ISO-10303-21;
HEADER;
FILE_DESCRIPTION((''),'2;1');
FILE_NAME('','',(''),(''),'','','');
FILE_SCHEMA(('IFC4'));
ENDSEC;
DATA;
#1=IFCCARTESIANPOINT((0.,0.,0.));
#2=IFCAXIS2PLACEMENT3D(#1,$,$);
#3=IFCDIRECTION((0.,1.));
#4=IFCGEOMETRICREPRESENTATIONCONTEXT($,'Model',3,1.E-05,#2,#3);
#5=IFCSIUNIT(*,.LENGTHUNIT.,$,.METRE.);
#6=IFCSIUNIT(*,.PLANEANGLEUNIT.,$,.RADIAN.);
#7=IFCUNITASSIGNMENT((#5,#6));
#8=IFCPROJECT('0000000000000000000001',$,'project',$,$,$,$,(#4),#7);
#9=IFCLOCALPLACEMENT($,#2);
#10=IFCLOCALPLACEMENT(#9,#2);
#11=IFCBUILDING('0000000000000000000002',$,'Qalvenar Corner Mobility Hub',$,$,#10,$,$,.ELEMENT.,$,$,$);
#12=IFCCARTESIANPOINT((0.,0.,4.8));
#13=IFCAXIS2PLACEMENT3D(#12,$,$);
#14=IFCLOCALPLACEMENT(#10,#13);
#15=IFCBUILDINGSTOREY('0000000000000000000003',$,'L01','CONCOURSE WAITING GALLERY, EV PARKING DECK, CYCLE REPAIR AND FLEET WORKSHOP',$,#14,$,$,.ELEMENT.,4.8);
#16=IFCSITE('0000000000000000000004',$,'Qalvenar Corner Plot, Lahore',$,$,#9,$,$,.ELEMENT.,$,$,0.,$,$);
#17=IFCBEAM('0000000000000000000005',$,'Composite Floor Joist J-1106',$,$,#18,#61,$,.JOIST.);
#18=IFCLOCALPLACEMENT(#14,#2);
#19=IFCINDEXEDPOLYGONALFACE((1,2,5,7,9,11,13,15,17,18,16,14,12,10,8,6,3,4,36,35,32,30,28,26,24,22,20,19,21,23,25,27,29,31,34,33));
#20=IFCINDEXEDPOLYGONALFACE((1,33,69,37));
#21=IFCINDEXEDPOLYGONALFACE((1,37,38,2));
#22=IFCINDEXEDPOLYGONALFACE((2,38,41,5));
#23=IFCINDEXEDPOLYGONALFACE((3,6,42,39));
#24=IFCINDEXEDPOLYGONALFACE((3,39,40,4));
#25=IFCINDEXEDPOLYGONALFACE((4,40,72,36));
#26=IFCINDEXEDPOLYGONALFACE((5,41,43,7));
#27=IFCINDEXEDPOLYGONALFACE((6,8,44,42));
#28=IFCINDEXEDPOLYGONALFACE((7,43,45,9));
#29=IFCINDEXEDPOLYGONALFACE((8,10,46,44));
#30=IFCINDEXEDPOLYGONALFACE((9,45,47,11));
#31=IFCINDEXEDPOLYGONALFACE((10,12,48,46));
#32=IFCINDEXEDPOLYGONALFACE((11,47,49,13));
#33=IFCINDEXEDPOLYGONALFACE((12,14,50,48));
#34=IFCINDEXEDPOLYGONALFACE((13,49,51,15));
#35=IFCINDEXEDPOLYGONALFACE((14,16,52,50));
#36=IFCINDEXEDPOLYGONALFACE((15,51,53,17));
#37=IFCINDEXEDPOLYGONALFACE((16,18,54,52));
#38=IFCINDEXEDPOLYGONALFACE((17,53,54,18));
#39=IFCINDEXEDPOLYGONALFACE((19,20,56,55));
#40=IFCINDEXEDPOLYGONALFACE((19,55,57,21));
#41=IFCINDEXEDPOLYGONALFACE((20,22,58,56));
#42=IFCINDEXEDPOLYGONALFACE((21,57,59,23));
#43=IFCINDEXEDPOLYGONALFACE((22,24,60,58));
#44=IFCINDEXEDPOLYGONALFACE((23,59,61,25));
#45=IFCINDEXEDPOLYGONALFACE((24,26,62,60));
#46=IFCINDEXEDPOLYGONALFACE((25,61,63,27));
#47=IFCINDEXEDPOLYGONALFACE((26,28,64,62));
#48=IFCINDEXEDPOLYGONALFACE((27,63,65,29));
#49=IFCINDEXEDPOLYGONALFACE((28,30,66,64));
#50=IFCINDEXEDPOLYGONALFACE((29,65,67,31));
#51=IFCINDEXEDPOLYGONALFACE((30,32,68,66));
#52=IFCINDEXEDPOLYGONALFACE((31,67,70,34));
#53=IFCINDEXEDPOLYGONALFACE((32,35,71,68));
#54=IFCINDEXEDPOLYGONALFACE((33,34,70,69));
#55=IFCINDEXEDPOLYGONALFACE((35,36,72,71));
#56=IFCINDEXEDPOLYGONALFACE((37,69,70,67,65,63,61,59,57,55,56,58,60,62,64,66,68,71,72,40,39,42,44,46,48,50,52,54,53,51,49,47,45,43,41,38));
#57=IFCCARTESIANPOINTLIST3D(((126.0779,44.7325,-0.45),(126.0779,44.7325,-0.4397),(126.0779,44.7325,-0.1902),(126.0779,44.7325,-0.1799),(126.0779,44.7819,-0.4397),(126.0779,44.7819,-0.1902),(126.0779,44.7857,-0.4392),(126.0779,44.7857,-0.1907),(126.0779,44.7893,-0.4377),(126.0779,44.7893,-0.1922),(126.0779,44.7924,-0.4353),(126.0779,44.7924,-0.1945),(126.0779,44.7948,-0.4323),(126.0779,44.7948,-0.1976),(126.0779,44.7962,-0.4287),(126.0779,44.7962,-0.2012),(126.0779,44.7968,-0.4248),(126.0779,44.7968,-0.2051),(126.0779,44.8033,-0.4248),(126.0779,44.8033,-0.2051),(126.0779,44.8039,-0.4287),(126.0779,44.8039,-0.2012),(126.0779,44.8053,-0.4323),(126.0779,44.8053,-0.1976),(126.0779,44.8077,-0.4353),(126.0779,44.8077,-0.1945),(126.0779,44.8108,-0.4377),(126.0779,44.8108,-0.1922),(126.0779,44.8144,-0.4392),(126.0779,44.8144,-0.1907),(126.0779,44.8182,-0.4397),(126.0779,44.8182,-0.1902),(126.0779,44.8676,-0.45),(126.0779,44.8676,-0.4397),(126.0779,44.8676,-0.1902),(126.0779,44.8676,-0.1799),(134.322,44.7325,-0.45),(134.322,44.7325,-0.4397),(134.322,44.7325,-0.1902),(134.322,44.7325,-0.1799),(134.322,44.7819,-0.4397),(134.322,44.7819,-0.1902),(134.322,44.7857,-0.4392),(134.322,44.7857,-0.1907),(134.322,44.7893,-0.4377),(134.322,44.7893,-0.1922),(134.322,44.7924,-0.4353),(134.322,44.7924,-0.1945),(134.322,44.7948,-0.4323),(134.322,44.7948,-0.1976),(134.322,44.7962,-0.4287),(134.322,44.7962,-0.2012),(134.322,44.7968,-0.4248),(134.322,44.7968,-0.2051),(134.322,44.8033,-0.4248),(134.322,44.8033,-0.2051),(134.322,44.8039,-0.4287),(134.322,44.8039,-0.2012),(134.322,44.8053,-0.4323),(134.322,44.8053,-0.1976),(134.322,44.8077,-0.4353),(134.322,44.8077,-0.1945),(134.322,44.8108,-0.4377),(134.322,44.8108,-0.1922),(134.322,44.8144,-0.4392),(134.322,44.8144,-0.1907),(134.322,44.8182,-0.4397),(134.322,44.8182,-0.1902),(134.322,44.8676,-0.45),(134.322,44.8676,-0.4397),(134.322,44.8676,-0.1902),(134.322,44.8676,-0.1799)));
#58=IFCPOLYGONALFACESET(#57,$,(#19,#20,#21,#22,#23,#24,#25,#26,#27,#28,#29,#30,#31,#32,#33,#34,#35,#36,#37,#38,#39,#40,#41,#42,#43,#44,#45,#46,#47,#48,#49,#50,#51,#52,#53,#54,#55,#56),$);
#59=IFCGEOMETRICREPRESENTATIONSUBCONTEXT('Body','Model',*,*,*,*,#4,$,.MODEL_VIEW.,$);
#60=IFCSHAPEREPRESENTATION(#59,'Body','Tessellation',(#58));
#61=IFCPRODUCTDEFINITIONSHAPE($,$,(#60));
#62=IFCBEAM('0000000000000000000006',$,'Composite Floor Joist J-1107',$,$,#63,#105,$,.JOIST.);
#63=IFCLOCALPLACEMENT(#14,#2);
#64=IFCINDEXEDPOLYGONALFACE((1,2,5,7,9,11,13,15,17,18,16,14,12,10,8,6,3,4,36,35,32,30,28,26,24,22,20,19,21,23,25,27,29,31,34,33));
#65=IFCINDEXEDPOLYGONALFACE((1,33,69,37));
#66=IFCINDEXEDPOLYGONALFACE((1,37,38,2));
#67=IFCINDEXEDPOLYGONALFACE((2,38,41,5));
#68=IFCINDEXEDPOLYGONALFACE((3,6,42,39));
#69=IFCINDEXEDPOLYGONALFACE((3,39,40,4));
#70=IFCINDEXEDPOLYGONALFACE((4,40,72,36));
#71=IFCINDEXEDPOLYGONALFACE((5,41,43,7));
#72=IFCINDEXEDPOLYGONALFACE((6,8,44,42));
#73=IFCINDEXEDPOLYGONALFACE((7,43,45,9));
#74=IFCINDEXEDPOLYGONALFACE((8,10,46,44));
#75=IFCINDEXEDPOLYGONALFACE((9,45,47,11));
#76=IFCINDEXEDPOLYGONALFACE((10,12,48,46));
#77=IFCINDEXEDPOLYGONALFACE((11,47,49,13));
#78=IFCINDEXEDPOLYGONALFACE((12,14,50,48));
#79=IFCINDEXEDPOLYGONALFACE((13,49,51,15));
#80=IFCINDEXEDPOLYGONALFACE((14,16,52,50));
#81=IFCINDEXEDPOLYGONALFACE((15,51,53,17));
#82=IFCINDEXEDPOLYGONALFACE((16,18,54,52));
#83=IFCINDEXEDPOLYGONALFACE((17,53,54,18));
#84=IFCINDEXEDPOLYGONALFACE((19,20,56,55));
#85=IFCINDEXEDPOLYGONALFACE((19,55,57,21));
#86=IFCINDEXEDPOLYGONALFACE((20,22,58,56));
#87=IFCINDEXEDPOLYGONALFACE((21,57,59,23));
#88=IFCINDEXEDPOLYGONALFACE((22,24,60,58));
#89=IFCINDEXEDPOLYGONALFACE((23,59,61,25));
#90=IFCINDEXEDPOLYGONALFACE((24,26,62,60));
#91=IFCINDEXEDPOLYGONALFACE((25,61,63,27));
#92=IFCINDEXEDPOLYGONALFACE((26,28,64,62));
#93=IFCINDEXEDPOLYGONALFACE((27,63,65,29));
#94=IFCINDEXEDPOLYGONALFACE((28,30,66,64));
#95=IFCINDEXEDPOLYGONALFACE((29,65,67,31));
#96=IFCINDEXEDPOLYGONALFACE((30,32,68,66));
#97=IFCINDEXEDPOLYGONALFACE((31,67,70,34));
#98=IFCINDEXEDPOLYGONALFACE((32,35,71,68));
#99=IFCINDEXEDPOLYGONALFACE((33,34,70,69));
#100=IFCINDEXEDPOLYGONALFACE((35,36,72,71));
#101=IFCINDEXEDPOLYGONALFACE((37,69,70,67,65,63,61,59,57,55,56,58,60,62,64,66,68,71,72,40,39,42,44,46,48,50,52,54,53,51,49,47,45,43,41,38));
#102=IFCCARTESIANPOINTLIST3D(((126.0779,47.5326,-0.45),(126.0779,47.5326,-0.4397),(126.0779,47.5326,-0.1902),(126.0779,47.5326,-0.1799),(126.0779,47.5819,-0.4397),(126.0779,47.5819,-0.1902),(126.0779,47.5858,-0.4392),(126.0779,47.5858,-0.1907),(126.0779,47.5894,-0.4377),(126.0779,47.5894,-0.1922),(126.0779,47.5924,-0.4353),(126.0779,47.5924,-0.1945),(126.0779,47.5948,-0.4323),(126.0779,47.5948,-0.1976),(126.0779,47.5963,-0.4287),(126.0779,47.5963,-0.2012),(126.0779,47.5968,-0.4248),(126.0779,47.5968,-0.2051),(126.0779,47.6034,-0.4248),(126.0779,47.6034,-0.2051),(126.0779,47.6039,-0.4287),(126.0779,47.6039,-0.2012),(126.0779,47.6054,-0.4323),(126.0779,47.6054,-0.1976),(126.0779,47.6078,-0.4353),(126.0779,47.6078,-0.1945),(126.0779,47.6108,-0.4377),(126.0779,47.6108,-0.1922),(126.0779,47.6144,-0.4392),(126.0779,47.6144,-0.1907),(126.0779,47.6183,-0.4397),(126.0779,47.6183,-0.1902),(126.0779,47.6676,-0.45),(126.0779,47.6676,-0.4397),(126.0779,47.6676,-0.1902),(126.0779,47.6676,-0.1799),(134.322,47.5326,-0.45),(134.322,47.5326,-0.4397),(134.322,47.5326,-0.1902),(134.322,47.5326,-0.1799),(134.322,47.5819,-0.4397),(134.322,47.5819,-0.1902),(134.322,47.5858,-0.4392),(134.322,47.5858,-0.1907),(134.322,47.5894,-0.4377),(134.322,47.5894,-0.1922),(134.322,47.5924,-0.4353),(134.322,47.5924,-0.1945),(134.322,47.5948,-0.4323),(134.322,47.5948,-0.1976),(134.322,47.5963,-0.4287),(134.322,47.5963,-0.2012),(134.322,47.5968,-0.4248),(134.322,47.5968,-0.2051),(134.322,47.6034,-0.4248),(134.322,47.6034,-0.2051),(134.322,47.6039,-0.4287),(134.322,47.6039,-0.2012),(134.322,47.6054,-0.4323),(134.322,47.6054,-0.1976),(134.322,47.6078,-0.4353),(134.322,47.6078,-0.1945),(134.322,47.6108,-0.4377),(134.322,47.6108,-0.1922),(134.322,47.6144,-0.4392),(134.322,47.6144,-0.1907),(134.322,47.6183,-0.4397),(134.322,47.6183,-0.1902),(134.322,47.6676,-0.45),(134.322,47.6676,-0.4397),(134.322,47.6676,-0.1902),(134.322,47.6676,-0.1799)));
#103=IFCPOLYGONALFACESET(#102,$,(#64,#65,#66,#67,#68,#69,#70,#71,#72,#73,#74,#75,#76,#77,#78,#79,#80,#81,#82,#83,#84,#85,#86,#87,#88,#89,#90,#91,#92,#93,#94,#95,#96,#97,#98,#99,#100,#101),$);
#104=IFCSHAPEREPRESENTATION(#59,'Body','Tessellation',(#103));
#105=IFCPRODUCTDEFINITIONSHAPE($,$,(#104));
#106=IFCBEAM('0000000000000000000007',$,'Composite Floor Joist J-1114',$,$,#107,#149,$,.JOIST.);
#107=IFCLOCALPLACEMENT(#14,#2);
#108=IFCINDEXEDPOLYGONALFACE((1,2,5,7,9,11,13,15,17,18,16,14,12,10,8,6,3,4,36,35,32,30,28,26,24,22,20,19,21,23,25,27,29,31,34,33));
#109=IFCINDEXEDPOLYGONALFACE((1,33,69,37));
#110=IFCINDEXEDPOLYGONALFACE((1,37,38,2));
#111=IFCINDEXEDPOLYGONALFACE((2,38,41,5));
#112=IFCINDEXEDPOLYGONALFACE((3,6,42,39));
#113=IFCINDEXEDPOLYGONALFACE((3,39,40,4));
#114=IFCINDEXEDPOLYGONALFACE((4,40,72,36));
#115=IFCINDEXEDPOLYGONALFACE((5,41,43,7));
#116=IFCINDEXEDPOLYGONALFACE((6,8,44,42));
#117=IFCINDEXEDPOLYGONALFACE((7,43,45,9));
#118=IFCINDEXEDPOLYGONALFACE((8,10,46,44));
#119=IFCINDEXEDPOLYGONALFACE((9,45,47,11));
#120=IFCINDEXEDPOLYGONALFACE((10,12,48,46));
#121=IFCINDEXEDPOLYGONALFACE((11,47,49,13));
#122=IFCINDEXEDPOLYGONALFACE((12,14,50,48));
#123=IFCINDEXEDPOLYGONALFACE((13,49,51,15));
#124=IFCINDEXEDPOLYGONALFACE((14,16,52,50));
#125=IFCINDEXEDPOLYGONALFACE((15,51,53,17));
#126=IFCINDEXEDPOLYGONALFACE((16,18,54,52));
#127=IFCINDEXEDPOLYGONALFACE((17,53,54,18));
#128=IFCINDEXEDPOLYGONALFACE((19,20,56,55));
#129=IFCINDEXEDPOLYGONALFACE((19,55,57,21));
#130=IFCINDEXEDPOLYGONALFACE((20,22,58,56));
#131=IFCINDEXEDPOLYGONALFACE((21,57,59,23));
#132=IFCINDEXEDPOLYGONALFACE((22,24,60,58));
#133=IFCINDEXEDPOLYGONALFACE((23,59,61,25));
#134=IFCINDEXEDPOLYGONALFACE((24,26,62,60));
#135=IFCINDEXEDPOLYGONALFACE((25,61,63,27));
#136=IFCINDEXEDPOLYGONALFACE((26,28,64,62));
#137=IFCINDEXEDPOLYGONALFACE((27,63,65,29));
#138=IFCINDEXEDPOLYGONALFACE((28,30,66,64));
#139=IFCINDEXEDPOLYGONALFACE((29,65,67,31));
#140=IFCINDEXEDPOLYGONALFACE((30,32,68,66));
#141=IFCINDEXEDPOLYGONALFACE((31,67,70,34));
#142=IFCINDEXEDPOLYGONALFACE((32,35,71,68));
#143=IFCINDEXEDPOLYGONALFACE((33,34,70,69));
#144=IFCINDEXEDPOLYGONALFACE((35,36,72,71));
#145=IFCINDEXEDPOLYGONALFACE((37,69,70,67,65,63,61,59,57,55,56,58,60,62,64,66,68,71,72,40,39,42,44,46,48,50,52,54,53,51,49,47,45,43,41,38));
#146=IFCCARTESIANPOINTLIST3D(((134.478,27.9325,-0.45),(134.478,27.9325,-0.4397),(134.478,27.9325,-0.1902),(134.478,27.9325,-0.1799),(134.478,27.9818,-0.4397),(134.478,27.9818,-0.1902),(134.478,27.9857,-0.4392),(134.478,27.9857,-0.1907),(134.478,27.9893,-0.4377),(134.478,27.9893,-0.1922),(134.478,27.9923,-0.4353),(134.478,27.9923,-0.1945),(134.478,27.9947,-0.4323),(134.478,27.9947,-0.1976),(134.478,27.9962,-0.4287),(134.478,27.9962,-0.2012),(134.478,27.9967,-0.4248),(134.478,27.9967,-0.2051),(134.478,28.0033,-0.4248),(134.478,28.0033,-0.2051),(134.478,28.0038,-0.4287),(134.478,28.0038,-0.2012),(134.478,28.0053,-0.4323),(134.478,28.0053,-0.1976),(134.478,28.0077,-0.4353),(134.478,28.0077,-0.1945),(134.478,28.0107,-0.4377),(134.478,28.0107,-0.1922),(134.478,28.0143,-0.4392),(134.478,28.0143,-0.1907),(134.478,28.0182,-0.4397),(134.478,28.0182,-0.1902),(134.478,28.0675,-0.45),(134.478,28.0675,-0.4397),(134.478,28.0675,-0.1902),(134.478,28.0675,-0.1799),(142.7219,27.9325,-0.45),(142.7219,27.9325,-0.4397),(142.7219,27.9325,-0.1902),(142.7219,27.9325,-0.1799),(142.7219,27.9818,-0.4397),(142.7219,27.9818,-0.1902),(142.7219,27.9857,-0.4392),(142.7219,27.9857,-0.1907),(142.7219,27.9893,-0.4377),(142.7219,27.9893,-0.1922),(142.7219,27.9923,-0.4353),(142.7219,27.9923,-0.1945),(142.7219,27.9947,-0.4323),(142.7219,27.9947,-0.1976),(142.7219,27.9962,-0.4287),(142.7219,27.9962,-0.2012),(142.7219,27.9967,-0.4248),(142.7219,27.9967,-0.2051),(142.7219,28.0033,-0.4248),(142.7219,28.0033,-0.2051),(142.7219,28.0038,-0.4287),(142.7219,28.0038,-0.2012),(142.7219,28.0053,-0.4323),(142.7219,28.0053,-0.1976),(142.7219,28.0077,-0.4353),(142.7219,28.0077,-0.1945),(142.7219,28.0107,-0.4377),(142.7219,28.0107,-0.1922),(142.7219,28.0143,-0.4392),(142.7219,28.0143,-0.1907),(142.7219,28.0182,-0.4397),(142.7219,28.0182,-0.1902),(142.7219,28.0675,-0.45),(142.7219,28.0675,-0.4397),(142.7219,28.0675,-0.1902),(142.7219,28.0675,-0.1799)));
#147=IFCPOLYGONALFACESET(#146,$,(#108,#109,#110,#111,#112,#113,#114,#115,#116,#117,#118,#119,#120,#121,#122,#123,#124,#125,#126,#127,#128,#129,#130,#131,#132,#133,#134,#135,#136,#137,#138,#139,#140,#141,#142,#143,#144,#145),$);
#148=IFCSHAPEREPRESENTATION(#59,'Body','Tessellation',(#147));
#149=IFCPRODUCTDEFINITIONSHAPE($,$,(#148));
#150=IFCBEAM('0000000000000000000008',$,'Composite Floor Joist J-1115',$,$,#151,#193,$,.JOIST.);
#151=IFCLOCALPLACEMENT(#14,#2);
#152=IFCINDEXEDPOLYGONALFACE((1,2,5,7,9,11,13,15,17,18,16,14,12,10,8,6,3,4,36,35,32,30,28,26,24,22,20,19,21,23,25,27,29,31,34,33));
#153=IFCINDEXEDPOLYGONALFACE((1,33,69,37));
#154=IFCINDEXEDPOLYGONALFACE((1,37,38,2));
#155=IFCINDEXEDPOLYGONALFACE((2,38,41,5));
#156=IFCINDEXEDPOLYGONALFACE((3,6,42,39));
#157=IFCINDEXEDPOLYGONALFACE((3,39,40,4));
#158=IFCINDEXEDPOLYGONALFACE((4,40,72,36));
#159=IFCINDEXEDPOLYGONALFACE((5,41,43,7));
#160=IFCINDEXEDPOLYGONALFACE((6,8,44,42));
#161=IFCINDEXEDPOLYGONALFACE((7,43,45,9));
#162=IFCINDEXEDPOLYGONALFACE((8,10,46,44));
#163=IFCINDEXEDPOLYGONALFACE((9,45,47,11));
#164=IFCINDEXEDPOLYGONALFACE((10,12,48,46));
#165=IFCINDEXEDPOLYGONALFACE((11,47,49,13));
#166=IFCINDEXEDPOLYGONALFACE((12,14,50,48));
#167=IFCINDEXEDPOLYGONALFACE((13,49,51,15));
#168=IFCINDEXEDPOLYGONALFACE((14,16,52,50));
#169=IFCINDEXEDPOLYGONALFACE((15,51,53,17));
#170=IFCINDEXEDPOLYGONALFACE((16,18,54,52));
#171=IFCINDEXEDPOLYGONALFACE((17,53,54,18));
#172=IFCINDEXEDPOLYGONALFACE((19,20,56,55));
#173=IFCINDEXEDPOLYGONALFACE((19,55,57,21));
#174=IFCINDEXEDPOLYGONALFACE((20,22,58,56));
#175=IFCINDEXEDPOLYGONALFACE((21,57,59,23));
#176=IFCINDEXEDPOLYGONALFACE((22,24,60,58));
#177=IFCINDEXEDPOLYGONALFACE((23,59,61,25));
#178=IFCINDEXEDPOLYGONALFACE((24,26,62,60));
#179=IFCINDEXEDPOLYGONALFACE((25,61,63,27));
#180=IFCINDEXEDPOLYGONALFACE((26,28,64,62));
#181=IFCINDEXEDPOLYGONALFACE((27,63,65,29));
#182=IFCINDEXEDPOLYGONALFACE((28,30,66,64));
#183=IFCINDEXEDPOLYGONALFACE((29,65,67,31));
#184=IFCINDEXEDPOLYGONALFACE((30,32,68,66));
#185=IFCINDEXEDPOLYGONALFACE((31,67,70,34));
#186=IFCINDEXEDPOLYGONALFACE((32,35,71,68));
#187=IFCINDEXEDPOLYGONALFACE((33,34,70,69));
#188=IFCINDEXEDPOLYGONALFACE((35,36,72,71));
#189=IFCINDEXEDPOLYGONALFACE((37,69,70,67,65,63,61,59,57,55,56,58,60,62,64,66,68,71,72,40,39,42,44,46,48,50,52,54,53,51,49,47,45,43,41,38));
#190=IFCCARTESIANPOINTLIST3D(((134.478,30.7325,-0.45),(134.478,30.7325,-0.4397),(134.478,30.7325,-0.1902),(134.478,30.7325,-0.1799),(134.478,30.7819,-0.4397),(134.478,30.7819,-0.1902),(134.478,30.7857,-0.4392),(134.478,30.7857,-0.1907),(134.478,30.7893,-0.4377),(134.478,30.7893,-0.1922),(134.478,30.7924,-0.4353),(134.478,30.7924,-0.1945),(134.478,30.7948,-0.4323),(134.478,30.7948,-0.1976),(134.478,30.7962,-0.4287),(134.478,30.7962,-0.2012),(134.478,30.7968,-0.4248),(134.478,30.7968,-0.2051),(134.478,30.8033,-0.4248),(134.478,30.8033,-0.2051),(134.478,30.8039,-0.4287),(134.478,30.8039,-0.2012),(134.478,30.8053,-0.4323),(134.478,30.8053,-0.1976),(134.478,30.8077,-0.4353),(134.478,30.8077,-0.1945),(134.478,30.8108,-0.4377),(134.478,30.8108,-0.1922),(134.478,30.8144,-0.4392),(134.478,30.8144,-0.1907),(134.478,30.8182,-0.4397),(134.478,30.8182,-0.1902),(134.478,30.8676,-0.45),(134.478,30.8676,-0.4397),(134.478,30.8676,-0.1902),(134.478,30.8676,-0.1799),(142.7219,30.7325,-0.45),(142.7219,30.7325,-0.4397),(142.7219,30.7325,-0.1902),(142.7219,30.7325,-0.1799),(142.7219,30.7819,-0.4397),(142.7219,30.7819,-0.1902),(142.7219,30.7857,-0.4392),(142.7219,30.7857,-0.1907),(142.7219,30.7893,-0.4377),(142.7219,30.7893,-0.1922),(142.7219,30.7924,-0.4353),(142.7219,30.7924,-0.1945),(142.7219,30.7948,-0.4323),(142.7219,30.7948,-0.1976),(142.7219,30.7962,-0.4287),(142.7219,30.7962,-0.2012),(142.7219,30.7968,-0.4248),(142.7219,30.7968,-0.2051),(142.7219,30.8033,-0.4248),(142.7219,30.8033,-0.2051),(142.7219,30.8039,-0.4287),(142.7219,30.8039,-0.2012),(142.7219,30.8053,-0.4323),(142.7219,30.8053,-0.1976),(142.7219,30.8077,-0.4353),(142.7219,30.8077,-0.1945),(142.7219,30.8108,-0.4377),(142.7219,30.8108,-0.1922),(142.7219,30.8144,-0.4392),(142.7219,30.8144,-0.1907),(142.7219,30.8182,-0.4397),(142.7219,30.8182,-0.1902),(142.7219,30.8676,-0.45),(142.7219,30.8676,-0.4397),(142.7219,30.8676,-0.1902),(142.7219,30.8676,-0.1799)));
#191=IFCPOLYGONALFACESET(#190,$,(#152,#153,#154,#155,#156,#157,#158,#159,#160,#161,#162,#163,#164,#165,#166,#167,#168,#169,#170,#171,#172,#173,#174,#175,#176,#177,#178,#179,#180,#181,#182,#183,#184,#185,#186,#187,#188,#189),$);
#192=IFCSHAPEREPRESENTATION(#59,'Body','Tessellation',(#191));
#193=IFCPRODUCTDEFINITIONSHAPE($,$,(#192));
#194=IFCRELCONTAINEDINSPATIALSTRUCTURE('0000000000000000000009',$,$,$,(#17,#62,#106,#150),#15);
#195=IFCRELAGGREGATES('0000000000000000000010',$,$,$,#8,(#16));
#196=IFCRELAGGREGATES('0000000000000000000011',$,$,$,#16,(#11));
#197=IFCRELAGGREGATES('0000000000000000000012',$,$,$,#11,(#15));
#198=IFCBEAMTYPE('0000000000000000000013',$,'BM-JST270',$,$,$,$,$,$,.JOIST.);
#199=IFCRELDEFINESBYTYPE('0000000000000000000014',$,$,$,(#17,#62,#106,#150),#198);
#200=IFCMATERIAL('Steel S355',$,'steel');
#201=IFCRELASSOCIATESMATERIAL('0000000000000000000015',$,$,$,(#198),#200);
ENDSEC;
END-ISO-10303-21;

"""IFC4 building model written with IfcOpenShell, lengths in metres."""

from ifc_helpers import new_model, si_unit, direction, frame, origin, origin_2d, place, context, subcontext, project, spatial, i_section, extrude, material, material_profile, profile_set, type_object, element, save


model = new_model("IFC4")

# Units and contexts
model_context = context("Model", 3, precision=1e-05, world=origin(), true_north=direction((0.0, 1.0)))
body_context = subcontext(model_context, "Body", "Model", "MODEL_VIEW")
ifc_project = project(units=[si_unit("LENGTHUNIT", "METRE"), si_unit("PLANEANGLEUNIT", "RADIAN")], contexts=[model_context])

# Site, building, storey
site_placement = place(None, origin())
site = spatial("IfcSite", under=ifc_project, at=site_placement, Name="Qalvenar Corner Plot, Lahore", CompositionType="ELEMENT", RefElevation=0.0)
building_placement = place(site_placement, origin())
building = spatial("IfcBuilding", under=site, at=building_placement, Name="Qalvenar Corner Mobility Hub", CompositionType="ELEMENT")
storey_placement = place(building_placement, frame((0.0, 0.0, 4.8)))
storey = spatial("IfcBuildingStorey", under=building, at=storey_placement, Name="L01", Description="CONCOURSE WAITING GALLERY, EV PARKING DECK, CYCLE REPAIR AND FLEET WORKSHOP", CompositionType="ELEMENT", Elevation=4.8)

# Shared definitions
ifc_material_1 = material(Name="Steel S355", Category="steel")

# Beams
ifc_material_profile_1 = material_profile(ifc_material_1, i_section(OverallWidth=0.135, OverallDepth=0.27, WebThickness=0.0066, FlangeThickness=0.0103, FilletRadius=0.0149, at=origin_2d()), Name="IPE270")
ifc_profile_set_1 = profile_set([ifc_material_profile_1], Name="Steel S355")
beam_type_1 = type_object("IfcBeamType", Name="BM-JST270", PredefinedType="JOIST", material=ifc_profile_set_1)
for number, where, z_axis, x_axis, name in (
    (1, (126.0779, 44.8, -0.3149), (1.0, 0.0, 0.0), (0.0, 1.0, 0.0), "Composite Floor Joist J-1106"),
    (2, (126.0779, 47.6001, -0.3149), (1.0, 0.0, 0.0), (0.0, 1.0, 0.0), "Composite Floor Joist J-1107"),
):
    element("IfcBeam", number, at=place(storey_placement, frame(where, z_axis=z_axis, x_axis=x_axis)), inside=storey, type_object=beam_type_1, Name=name, PredefinedType="JOIST", context=body_context, shape_type="SweptSolid", body=[
        extrude(i_section(OverallWidth=0.135, OverallDepth=0.27, WebThickness=0.0066, FlangeThickness=0.0103, FilletRadius=0.0149, at=origin_2d()), origin(), (0.0, 0.0, 1.0), 8.2441),
    ])
for number, where, z_axis, x_axis, name in (
    (3, (134.478, 28.0, -0.3149), (1.0, 0.0, 0.0), (0.0, 1.0, 0.0), "Composite Floor Joist J-1114"),
    (4, (134.478, 30.8, -0.3149), (1.0, 0.0, 0.0), (0.0, 1.0, 0.0), "Composite Floor Joist J-1115"),
):
    element("IfcBeam", number, at=place(storey_placement, frame(where, z_axis=z_axis, x_axis=x_axis)), inside=storey, type_object=beam_type_1, Name=name, PredefinedType="JOIST", context=body_context, shape_type="SweptSolid", body=[
        extrude(i_section(OverallWidth=0.135, OverallDepth=0.27, WebThickness=0.0066, FlangeThickness=0.0103, FilletRadius=0.0149, at=origin_2d()), origin(), (0.0, 0.0, 1.0), 8.2439),
    ])

save(model, "model.ifc")
